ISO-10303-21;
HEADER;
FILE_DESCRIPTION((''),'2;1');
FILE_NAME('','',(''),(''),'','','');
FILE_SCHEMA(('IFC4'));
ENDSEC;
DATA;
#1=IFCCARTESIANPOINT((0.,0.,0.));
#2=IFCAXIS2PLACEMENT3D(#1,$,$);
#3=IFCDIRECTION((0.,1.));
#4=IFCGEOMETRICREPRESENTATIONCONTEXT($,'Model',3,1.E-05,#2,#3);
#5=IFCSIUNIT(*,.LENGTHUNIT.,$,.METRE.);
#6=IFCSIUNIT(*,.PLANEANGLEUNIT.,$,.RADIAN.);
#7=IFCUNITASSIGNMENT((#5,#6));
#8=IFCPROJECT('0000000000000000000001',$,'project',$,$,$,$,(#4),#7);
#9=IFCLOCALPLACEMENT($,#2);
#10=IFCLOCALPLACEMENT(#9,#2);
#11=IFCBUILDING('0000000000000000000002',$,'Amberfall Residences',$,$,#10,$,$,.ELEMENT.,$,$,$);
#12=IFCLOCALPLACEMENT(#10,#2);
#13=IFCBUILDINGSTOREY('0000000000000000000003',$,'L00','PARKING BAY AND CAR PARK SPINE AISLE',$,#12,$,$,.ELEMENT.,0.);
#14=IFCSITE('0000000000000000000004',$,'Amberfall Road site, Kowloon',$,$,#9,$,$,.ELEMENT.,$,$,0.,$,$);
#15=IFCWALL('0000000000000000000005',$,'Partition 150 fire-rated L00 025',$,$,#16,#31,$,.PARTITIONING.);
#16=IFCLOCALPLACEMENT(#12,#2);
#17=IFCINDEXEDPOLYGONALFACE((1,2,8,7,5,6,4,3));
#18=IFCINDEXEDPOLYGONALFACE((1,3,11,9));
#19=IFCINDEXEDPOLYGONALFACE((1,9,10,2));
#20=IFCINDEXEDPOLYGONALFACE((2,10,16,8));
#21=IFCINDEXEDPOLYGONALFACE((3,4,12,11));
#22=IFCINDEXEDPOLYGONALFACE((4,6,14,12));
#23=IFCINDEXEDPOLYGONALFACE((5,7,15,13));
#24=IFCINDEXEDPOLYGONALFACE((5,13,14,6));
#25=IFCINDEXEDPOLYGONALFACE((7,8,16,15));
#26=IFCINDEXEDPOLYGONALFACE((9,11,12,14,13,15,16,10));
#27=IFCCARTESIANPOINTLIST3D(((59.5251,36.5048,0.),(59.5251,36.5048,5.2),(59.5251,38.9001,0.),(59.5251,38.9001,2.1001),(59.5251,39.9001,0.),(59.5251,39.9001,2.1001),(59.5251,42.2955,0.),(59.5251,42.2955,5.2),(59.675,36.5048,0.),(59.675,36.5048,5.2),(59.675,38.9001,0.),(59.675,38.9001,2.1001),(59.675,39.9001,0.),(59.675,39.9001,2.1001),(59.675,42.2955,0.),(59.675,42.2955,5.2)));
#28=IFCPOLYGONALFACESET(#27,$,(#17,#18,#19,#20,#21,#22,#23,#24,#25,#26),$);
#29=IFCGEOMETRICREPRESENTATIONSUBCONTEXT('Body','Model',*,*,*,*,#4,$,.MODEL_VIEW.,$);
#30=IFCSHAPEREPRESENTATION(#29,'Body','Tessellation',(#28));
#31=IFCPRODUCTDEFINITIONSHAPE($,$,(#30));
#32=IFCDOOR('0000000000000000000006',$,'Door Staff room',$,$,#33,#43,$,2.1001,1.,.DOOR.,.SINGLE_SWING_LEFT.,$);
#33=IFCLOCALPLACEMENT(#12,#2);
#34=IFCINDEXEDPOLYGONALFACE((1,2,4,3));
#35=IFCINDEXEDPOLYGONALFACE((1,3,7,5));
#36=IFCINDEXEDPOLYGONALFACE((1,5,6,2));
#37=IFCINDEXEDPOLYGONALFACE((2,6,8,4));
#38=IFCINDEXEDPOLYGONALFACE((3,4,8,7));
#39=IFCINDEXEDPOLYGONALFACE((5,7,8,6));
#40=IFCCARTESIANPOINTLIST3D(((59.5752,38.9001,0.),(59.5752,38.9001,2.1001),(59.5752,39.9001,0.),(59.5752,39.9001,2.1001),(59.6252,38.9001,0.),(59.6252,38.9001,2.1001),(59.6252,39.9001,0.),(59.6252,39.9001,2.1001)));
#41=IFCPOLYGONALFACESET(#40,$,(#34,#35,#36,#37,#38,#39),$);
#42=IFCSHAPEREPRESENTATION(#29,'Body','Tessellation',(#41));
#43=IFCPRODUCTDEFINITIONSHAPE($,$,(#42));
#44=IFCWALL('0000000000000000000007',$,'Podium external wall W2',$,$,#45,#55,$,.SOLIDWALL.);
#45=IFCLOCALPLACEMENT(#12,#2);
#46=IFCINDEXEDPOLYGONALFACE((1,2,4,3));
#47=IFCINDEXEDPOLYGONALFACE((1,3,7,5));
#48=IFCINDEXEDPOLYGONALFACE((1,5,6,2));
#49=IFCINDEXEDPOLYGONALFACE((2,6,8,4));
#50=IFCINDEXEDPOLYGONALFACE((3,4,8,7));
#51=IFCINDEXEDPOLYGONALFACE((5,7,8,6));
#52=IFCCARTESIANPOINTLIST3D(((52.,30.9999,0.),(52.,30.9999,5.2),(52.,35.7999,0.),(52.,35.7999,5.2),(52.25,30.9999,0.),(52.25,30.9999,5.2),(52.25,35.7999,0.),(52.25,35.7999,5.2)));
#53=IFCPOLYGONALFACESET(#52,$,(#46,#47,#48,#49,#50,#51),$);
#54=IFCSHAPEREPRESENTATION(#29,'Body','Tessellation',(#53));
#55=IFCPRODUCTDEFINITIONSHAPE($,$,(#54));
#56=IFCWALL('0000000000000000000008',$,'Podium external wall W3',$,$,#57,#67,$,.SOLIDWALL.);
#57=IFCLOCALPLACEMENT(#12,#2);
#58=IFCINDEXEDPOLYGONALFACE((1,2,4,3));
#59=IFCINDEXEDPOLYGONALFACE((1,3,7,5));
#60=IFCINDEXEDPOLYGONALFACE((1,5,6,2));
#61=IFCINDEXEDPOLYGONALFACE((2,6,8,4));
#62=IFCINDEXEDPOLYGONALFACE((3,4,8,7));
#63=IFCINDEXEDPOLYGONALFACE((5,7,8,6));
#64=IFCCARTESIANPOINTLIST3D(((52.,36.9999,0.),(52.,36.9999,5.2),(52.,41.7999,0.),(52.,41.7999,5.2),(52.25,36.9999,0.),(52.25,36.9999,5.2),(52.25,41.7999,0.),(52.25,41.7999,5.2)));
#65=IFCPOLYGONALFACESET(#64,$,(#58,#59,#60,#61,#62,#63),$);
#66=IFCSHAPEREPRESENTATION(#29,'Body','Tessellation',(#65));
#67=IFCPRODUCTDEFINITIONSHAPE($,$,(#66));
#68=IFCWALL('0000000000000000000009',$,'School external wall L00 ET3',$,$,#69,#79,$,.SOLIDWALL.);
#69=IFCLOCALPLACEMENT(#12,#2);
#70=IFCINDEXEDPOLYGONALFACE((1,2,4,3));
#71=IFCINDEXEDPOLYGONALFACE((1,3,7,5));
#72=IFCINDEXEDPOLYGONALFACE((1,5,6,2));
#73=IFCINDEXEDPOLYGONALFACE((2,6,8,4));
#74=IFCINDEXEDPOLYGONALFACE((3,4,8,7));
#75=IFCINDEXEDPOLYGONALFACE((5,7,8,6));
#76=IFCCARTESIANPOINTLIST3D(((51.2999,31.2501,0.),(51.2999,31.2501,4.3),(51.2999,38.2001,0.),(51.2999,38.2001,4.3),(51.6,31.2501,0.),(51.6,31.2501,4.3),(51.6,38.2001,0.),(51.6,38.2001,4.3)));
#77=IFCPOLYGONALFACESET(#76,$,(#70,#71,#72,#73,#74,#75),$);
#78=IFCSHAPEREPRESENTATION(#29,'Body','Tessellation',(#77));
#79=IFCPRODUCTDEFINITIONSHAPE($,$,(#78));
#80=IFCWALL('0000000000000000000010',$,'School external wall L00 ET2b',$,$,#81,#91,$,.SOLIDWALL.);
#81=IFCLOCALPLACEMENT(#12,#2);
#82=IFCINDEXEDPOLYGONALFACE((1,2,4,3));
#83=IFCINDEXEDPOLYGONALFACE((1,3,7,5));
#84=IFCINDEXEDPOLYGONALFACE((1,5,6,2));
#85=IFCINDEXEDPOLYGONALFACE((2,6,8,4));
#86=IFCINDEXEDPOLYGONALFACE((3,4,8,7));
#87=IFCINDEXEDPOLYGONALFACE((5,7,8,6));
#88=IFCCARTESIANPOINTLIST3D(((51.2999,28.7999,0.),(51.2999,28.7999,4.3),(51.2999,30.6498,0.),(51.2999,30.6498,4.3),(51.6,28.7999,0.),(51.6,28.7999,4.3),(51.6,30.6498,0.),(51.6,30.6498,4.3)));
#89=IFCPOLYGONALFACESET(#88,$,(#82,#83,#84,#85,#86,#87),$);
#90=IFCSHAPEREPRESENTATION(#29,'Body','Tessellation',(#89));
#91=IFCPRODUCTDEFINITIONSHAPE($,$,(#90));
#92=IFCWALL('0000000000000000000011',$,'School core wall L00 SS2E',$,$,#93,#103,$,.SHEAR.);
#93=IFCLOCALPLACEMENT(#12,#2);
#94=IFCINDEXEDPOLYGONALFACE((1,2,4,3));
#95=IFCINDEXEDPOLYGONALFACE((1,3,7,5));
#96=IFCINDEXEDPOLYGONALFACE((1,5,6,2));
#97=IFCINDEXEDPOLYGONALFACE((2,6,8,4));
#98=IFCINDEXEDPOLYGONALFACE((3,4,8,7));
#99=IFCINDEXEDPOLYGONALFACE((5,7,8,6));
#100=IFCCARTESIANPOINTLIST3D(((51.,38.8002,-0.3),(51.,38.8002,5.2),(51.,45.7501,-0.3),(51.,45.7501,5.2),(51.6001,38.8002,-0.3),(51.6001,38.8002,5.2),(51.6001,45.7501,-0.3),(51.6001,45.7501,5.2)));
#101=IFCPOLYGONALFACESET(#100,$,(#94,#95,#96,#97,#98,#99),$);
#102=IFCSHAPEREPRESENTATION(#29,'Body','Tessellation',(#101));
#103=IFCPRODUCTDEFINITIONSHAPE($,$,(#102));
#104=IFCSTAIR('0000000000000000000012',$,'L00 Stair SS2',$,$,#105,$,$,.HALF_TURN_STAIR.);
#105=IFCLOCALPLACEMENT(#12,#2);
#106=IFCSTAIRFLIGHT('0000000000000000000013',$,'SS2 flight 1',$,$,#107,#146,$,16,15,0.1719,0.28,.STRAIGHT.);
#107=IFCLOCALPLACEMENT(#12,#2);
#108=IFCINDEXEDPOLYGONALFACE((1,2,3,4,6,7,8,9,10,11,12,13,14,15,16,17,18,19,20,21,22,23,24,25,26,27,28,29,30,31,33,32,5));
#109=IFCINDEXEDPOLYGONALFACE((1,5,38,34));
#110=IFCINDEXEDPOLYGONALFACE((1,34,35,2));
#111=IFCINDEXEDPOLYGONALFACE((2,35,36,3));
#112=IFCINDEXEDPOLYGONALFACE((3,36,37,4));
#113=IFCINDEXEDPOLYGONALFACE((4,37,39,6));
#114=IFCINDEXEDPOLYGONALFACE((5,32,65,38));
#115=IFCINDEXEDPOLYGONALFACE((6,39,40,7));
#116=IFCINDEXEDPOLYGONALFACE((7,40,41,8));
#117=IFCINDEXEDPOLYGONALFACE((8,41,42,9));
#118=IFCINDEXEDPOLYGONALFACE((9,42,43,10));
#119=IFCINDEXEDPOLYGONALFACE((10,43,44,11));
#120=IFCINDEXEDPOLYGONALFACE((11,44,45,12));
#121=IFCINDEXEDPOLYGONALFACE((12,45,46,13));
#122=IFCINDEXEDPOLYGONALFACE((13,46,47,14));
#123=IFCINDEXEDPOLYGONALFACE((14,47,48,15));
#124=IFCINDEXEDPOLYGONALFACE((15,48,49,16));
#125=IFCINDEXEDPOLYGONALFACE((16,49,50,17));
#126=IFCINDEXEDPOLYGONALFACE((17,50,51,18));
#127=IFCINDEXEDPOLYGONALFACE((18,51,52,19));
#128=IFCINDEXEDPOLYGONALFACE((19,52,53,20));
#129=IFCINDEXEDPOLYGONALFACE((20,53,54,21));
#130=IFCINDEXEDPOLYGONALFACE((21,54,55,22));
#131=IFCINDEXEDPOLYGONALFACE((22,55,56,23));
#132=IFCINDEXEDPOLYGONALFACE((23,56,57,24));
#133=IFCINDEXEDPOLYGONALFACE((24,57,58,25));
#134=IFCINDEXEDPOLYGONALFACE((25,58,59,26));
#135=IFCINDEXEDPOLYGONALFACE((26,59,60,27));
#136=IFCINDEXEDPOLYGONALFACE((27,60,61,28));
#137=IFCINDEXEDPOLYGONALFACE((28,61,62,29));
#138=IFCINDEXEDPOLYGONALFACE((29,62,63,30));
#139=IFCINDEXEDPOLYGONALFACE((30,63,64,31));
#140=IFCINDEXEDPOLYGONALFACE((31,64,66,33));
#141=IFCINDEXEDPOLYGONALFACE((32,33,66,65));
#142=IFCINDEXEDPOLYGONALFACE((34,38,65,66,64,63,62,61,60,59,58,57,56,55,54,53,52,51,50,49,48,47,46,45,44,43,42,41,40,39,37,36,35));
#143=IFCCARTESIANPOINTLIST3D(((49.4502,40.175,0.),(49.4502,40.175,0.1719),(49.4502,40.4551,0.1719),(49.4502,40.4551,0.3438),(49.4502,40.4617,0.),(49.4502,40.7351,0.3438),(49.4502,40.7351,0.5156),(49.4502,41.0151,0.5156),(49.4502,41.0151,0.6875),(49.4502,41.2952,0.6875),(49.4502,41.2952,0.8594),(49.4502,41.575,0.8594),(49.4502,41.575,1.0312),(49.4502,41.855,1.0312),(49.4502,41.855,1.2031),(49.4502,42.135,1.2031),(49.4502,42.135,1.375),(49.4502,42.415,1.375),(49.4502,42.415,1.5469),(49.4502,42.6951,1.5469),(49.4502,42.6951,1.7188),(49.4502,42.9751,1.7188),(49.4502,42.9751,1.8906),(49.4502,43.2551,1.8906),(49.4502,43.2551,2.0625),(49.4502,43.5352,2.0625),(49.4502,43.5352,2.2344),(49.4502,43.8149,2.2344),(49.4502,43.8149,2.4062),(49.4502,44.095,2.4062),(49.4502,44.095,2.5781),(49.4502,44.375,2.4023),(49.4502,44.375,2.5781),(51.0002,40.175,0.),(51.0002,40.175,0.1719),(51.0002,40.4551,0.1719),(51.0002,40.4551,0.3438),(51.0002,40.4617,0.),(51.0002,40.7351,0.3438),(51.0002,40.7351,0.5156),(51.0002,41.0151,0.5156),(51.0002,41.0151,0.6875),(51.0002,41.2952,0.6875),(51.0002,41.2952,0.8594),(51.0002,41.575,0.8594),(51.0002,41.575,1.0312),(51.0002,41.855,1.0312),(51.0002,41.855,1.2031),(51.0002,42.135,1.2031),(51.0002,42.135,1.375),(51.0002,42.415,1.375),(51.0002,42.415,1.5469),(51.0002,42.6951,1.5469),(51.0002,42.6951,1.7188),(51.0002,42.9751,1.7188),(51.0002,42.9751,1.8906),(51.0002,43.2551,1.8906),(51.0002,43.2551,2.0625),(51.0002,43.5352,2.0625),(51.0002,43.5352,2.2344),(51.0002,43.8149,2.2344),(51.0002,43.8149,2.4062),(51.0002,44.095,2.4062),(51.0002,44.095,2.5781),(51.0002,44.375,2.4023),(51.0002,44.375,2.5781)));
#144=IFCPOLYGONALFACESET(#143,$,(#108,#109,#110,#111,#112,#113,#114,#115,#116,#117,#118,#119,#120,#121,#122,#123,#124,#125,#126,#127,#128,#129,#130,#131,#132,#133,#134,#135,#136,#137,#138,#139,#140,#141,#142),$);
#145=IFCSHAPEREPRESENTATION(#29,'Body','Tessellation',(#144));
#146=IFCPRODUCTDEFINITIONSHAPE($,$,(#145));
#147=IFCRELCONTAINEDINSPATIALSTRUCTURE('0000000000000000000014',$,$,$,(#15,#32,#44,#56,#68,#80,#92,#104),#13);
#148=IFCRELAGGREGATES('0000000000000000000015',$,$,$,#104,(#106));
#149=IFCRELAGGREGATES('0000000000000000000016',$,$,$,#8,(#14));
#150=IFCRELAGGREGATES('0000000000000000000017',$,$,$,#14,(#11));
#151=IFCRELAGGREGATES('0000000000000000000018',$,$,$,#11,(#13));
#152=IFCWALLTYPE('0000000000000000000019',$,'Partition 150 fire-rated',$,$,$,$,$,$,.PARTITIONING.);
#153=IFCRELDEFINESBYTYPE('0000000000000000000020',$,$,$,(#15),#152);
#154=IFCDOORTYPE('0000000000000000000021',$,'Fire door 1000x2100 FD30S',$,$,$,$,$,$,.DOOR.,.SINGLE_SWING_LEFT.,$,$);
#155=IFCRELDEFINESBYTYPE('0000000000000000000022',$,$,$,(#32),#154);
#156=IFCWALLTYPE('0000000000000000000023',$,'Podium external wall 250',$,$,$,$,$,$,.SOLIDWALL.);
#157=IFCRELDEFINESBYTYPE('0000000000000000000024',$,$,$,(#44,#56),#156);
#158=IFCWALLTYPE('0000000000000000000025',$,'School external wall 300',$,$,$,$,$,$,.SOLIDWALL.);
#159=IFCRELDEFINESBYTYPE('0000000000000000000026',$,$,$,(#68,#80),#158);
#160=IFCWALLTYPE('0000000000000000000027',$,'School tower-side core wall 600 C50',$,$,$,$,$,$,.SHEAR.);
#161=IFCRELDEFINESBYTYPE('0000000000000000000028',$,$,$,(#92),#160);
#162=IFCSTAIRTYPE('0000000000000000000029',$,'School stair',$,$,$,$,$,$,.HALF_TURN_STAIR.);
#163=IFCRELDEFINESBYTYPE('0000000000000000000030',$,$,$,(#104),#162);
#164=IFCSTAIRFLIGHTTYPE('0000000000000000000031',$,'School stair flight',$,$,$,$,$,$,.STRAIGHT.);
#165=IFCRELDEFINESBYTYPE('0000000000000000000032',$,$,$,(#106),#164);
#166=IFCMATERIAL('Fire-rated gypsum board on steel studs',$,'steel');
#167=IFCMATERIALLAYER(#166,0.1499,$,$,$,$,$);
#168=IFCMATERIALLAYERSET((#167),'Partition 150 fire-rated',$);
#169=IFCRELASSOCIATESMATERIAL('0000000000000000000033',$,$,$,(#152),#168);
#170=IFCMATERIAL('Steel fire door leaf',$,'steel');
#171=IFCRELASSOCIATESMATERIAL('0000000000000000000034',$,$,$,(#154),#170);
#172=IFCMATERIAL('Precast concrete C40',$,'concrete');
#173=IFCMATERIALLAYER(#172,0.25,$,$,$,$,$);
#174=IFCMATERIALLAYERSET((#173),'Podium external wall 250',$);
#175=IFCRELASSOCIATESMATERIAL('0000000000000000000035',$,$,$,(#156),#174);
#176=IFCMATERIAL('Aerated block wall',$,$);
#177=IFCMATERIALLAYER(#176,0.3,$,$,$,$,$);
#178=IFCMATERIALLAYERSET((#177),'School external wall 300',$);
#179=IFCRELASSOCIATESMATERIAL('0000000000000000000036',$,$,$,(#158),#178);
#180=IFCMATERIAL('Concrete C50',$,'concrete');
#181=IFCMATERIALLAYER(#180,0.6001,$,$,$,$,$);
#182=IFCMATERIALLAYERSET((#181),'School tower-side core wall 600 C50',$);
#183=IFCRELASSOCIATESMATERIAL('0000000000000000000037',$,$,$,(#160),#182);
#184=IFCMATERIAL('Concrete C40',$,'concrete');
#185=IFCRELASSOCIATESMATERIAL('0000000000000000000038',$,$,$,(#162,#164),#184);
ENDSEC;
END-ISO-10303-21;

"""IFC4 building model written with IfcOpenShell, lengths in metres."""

from ifc_helpers import new_model, si_unit, direction, frame, frame_2d, origin, place, context, subcontext, project, spatial, polyline, rectangle, outline, extrude, material, layer, layer_set, type_object, element, fill, aggregate, save


model = new_model("IFC4")

# Units and contexts
model_context = context("Model", 3, precision=1e-05, world=origin(), true_north=direction((0.0, 1.0)))
body_context = subcontext(model_context, "Body", "Model", "MODEL_VIEW")
ifc_project = project(units=[si_unit("LENGTHUNIT", "METRE"), si_unit("PLANEANGLEUNIT", "RADIAN")], contexts=[model_context])

# Site, building, storey
site_placement = place(None, origin())
site = spatial("IfcSite", under=ifc_project, at=site_placement, Name="Amberfall Road site, Kowloon", CompositionType="ELEMENT", RefElevation=0.0)
building_placement = place(site_placement, origin())
building = spatial("IfcBuilding", under=site, at=building_placement, Name="Amberfall Residences", CompositionType="ELEMENT")
storey_placement = place(building_placement, origin())
storey = spatial("IfcBuildingStorey", under=building, at=storey_placement, Name="L00", Description="PARKING BAY AND CAR PARK SPINE AISLE", CompositionType="ELEMENT", Elevation=0.0)

# Shared definitions
ifc_material_1 = material(Name="Concrete C50", Category="concrete")

# Shared definitions
ifc_material_2 = material(Name="Fire-rated gypsum board on steel studs", Category="steel")
ifc_layer_1 = layer(ifc_material_2, 0.1499)
ifc_layer_set_1 = layer_set([ifc_layer_1], Name="Partition 150 fire-rated")
wall_type_1 = type_object("IfcWallType", Name="Partition 150 fire-rated", PredefinedType="PARTITIONING", material=ifc_layer_set_1)

# Shared definitions
ifc_material_3 = material(Name="Steel fire door leaf", Category="steel")
door_type = type_object("IfcDoorType", Name="Fire door 1000x2100 FD30S", OperationType="SINGLE_SWING_LEFT", PredefinedType="DOOR", material=ifc_material_3)

# Wall, opening, door
wall_1_placement = place(storey_placement, frame((59.6001, 36.5046, 0.0), z_axis=(0.0, 0.0, 1.0), x_axis=(0.0, 1.0, 0.0)))
wall_1 = element("IfcWall", 1, at=wall_1_placement, inside=storey, type_object=wall_type_1, Name="Partition 150 fire-rated L00 025", PredefinedType="PARTITIONING", context=body_context, shape_type="SweptSolid", body=[
    extrude(rectangle(XDim=5.7908, YDim=0.1499, at=frame_2d((2.8955, 0.0))), origin(), (0.0, 0.0, 1.0), 5.2),
])
opening_1_placement = place(wall_1_placement, frame((2.3955, 0.0, 0.0)))
opening_1 = element("IfcOpeningElement", 2, at=opening_1_placement, cuts=wall_1, PredefinedType="OPENING", context=body_context, shape_type="SweptSolid", body=[
    extrude(rectangle(XDim=1.0, YDim=2.1001, at=frame_2d((0.5, 1.05))), frame((0.0, 0.085, 0.0), z_axis=(0.0, -1.0, 0.0), x_axis=(1.0, 0.0, 0.0)), (0.0, 0.0, 1.0), 0.1699),
])
door_1_placement = place(opening_1_placement, origin())
door_1 = element("IfcDoor", 3, at=door_1_placement, inside=storey, type_object=door_type, Name="Door Staff room", OperationType="SINGLE_SWING_LEFT", OverallHeight=2.1001, OverallWidth=1.0, PredefinedType="DOOR", context=body_context, shape_type="SweptSolid", body=[
    extrude(rectangle(XDim=1.0, YDim=2.1001, at=frame_2d((0.5, 1.05))), frame((0.0, 0.0249, 0.0), z_axis=(0.0, -1.0, 0.0), x_axis=(1.0, 0.0, 0.0)), (0.0, 0.0, 1.0), 0.05),
])
fill(opening_1, door_1)

# Walls
ifc_material_4 = material(Name="Precast concrete C40", Category="concrete")
ifc_layer_2 = layer(ifc_material_4, 0.25)
ifc_layer_set_2 = layer_set([ifc_layer_2], Name="Podium external wall 250")
wall_type_2 = type_object("IfcWallType", Name="Podium external wall 250", PredefinedType="SOLIDWALL", material=ifc_layer_set_2)
for number, where, z_axis, x_axis, name in (
    (4, (52.125, 31.0, 0.0), (0.0, 0.0, 1.0), (0.0, 1.0, 0.0), "Podium external wall W2"),
    (5, (52.125, 37.0, 0.0), (0.0, 0.0, 1.0), (0.0, 1.0, 0.0), "Podium external wall W3"),
):
    element("IfcWall", number, at=place(storey_placement, frame(where, z_axis=z_axis, x_axis=x_axis)), inside=storey, type_object=wall_type_2, Name=name, PredefinedType="SOLIDWALL", context=body_context, shape_type="SweptSolid", body=[
        extrude(rectangle(XDim=4.8, YDim=0.25, at=frame_2d((2.3999, 0.0))), origin(), (0.0, 0.0, 1.0), 5.2),
    ])
ifc_material_5 = material(Name="Aerated block wall")
ifc_layer_3 = layer(ifc_material_5, 0.3)
ifc_layer_set_3 = layer_set([ifc_layer_3], Name="School external wall 300")
wall_type_3 = type_object("IfcWallType", Name="School external wall 300", PredefinedType="SOLIDWALL", material=ifc_layer_set_3)
wall_2_placement = place(storey_placement, frame((51.45, 31.25, 0.0), z_axis=(0.0, 0.0, 1.0), x_axis=(0.0, 1.0, 0.0)))
element("IfcWall", 6, at=wall_2_placement, inside=storey, type_object=wall_type_3, Name="School external wall L00 ET3", PredefinedType="SOLIDWALL", context=body_context, shape_type="SweptSolid", body=[
    extrude(rectangle(XDim=6.95, YDim=0.3, at=frame_2d((3.4751, 0.0))), origin(), (0.0, 0.0, 1.0), 4.3),
])
wall_3_placement = place(storey_placement, frame((51.45, 28.8, 0.0), z_axis=(0.0, 0.0, 1.0), x_axis=(0.0, 1.0, 0.0)))
element("IfcWall", 7, at=wall_3_placement, inside=storey, type_object=wall_type_3, Name="School external wall L00 ET2b", PredefinedType="SOLIDWALL", context=body_context, shape_type="SweptSolid", body=[
    extrude(rectangle(XDim=1.8499, YDim=0.3, at=frame_2d((0.9248, 0.0))), origin(), (0.0, 0.0, 1.0), 4.3),
])
ifc_layer_4 = layer(ifc_material_1, 0.6001)
ifc_layer_set_4 = layer_set([ifc_layer_4], Name="School tower-side core wall 600 C50")
wall_type_4 = type_object("IfcWallType", Name="School tower-side core wall 600 C50", PredefinedType="SHEAR", material=ifc_layer_set_4)
wall_4_placement = place(storey_placement, frame((51.3, 38.8, -0.3), z_axis=(0.0, 0.0, 1.0), x_axis=(0.0, 1.0, 0.0)))
element("IfcWall", 8, at=wall_4_placement, inside=storey, type_object=wall_type_4, Name="School core wall L00 SS2E", PredefinedType="SHEAR", context=body_context, shape_type="SweptSolid", body=[
    extrude(rectangle(XDim=6.95, YDim=0.6001, at=frame_2d((3.4751, 0.0))), origin(), (0.0, 0.0, 1.0), 5.5),
])

# Stair, stair flight
ifc_material_6 = material(Name="Concrete C40", Category="concrete")
stair_type = type_object("IfcStairType", Name="School stair", PredefinedType="HALF_TURN_STAIR", material=ifc_material_6)
stair_placement = place(storey_placement, origin())
stair = element("IfcStair", 9, at=stair_placement, inside=storey, type_object=stair_type, Name="L00 Stair SS2", PredefinedType="HALF_TURN_STAIR")
stair_flight_type = type_object("IfcStairFlightType", Name="School stair flight", PredefinedType="STRAIGHT", material=ifc_material_6)
stair_flight_placement = place(storey_placement, frame((50.2251, 40.175, 0.0), z_axis=(0.0, 0.0, 1.0), x_axis=(0.0, 1.0, 0.0)))
stair_flight = element("IfcStairFlight", 10, at=stair_flight_placement, type_object=stair_flight_type, Name="SS2 flight 1", NumberOfRisers=16, NumberOfTreads=15, PredefinedType="STRAIGHT", RiserHeight=0.1719, TreadLength=0.28, context=body_context, shape_type="SweptSolid", body=[
    extrude(outline(polyline([(0.0, 0.0), (0.0, 0.1719), (0.28, 0.1719), (0.28, 0.3438), (0.5601, 0.3438), (0.5601, 0.5156), (0.8401, 0.5156), (0.8401, 0.6875), (1.1201, 0.6875), (1.1201, 0.8594), (1.3999, 0.8594), (1.3999, 1.0312), (1.6799, 1.0312), (1.6799, 1.2031), (1.96, 1.2031), (1.96, 1.375), (2.24, 1.375), (2.24, 1.5469), (2.52, 1.5469), (2.52, 1.7188), (2.8, 1.7188), (2.8, 1.8906), (3.0801, 1.8906), (3.0801, 2.0625), (3.3601, 2.0625), (3.3601, 2.2344), (3.6399, 2.2344), (3.6399, 2.4062), (3.9199, 2.4062), (3.9199, 2.5781), (4.2, 2.5781), (4.2, 2.75), (4.2, 2.4023), (0.2866, 0.0), (0.0, 0.0)])), frame((0.0, 0.7749, 0.0), z_axis=(0.0, -1.0, 0.0), x_axis=(1.0, 0.0, 0.0)), (0.0, 0.0, 1.0), 1.55),
])
aggregate(stair, [stair_flight])

save(model, "model.ifc")
